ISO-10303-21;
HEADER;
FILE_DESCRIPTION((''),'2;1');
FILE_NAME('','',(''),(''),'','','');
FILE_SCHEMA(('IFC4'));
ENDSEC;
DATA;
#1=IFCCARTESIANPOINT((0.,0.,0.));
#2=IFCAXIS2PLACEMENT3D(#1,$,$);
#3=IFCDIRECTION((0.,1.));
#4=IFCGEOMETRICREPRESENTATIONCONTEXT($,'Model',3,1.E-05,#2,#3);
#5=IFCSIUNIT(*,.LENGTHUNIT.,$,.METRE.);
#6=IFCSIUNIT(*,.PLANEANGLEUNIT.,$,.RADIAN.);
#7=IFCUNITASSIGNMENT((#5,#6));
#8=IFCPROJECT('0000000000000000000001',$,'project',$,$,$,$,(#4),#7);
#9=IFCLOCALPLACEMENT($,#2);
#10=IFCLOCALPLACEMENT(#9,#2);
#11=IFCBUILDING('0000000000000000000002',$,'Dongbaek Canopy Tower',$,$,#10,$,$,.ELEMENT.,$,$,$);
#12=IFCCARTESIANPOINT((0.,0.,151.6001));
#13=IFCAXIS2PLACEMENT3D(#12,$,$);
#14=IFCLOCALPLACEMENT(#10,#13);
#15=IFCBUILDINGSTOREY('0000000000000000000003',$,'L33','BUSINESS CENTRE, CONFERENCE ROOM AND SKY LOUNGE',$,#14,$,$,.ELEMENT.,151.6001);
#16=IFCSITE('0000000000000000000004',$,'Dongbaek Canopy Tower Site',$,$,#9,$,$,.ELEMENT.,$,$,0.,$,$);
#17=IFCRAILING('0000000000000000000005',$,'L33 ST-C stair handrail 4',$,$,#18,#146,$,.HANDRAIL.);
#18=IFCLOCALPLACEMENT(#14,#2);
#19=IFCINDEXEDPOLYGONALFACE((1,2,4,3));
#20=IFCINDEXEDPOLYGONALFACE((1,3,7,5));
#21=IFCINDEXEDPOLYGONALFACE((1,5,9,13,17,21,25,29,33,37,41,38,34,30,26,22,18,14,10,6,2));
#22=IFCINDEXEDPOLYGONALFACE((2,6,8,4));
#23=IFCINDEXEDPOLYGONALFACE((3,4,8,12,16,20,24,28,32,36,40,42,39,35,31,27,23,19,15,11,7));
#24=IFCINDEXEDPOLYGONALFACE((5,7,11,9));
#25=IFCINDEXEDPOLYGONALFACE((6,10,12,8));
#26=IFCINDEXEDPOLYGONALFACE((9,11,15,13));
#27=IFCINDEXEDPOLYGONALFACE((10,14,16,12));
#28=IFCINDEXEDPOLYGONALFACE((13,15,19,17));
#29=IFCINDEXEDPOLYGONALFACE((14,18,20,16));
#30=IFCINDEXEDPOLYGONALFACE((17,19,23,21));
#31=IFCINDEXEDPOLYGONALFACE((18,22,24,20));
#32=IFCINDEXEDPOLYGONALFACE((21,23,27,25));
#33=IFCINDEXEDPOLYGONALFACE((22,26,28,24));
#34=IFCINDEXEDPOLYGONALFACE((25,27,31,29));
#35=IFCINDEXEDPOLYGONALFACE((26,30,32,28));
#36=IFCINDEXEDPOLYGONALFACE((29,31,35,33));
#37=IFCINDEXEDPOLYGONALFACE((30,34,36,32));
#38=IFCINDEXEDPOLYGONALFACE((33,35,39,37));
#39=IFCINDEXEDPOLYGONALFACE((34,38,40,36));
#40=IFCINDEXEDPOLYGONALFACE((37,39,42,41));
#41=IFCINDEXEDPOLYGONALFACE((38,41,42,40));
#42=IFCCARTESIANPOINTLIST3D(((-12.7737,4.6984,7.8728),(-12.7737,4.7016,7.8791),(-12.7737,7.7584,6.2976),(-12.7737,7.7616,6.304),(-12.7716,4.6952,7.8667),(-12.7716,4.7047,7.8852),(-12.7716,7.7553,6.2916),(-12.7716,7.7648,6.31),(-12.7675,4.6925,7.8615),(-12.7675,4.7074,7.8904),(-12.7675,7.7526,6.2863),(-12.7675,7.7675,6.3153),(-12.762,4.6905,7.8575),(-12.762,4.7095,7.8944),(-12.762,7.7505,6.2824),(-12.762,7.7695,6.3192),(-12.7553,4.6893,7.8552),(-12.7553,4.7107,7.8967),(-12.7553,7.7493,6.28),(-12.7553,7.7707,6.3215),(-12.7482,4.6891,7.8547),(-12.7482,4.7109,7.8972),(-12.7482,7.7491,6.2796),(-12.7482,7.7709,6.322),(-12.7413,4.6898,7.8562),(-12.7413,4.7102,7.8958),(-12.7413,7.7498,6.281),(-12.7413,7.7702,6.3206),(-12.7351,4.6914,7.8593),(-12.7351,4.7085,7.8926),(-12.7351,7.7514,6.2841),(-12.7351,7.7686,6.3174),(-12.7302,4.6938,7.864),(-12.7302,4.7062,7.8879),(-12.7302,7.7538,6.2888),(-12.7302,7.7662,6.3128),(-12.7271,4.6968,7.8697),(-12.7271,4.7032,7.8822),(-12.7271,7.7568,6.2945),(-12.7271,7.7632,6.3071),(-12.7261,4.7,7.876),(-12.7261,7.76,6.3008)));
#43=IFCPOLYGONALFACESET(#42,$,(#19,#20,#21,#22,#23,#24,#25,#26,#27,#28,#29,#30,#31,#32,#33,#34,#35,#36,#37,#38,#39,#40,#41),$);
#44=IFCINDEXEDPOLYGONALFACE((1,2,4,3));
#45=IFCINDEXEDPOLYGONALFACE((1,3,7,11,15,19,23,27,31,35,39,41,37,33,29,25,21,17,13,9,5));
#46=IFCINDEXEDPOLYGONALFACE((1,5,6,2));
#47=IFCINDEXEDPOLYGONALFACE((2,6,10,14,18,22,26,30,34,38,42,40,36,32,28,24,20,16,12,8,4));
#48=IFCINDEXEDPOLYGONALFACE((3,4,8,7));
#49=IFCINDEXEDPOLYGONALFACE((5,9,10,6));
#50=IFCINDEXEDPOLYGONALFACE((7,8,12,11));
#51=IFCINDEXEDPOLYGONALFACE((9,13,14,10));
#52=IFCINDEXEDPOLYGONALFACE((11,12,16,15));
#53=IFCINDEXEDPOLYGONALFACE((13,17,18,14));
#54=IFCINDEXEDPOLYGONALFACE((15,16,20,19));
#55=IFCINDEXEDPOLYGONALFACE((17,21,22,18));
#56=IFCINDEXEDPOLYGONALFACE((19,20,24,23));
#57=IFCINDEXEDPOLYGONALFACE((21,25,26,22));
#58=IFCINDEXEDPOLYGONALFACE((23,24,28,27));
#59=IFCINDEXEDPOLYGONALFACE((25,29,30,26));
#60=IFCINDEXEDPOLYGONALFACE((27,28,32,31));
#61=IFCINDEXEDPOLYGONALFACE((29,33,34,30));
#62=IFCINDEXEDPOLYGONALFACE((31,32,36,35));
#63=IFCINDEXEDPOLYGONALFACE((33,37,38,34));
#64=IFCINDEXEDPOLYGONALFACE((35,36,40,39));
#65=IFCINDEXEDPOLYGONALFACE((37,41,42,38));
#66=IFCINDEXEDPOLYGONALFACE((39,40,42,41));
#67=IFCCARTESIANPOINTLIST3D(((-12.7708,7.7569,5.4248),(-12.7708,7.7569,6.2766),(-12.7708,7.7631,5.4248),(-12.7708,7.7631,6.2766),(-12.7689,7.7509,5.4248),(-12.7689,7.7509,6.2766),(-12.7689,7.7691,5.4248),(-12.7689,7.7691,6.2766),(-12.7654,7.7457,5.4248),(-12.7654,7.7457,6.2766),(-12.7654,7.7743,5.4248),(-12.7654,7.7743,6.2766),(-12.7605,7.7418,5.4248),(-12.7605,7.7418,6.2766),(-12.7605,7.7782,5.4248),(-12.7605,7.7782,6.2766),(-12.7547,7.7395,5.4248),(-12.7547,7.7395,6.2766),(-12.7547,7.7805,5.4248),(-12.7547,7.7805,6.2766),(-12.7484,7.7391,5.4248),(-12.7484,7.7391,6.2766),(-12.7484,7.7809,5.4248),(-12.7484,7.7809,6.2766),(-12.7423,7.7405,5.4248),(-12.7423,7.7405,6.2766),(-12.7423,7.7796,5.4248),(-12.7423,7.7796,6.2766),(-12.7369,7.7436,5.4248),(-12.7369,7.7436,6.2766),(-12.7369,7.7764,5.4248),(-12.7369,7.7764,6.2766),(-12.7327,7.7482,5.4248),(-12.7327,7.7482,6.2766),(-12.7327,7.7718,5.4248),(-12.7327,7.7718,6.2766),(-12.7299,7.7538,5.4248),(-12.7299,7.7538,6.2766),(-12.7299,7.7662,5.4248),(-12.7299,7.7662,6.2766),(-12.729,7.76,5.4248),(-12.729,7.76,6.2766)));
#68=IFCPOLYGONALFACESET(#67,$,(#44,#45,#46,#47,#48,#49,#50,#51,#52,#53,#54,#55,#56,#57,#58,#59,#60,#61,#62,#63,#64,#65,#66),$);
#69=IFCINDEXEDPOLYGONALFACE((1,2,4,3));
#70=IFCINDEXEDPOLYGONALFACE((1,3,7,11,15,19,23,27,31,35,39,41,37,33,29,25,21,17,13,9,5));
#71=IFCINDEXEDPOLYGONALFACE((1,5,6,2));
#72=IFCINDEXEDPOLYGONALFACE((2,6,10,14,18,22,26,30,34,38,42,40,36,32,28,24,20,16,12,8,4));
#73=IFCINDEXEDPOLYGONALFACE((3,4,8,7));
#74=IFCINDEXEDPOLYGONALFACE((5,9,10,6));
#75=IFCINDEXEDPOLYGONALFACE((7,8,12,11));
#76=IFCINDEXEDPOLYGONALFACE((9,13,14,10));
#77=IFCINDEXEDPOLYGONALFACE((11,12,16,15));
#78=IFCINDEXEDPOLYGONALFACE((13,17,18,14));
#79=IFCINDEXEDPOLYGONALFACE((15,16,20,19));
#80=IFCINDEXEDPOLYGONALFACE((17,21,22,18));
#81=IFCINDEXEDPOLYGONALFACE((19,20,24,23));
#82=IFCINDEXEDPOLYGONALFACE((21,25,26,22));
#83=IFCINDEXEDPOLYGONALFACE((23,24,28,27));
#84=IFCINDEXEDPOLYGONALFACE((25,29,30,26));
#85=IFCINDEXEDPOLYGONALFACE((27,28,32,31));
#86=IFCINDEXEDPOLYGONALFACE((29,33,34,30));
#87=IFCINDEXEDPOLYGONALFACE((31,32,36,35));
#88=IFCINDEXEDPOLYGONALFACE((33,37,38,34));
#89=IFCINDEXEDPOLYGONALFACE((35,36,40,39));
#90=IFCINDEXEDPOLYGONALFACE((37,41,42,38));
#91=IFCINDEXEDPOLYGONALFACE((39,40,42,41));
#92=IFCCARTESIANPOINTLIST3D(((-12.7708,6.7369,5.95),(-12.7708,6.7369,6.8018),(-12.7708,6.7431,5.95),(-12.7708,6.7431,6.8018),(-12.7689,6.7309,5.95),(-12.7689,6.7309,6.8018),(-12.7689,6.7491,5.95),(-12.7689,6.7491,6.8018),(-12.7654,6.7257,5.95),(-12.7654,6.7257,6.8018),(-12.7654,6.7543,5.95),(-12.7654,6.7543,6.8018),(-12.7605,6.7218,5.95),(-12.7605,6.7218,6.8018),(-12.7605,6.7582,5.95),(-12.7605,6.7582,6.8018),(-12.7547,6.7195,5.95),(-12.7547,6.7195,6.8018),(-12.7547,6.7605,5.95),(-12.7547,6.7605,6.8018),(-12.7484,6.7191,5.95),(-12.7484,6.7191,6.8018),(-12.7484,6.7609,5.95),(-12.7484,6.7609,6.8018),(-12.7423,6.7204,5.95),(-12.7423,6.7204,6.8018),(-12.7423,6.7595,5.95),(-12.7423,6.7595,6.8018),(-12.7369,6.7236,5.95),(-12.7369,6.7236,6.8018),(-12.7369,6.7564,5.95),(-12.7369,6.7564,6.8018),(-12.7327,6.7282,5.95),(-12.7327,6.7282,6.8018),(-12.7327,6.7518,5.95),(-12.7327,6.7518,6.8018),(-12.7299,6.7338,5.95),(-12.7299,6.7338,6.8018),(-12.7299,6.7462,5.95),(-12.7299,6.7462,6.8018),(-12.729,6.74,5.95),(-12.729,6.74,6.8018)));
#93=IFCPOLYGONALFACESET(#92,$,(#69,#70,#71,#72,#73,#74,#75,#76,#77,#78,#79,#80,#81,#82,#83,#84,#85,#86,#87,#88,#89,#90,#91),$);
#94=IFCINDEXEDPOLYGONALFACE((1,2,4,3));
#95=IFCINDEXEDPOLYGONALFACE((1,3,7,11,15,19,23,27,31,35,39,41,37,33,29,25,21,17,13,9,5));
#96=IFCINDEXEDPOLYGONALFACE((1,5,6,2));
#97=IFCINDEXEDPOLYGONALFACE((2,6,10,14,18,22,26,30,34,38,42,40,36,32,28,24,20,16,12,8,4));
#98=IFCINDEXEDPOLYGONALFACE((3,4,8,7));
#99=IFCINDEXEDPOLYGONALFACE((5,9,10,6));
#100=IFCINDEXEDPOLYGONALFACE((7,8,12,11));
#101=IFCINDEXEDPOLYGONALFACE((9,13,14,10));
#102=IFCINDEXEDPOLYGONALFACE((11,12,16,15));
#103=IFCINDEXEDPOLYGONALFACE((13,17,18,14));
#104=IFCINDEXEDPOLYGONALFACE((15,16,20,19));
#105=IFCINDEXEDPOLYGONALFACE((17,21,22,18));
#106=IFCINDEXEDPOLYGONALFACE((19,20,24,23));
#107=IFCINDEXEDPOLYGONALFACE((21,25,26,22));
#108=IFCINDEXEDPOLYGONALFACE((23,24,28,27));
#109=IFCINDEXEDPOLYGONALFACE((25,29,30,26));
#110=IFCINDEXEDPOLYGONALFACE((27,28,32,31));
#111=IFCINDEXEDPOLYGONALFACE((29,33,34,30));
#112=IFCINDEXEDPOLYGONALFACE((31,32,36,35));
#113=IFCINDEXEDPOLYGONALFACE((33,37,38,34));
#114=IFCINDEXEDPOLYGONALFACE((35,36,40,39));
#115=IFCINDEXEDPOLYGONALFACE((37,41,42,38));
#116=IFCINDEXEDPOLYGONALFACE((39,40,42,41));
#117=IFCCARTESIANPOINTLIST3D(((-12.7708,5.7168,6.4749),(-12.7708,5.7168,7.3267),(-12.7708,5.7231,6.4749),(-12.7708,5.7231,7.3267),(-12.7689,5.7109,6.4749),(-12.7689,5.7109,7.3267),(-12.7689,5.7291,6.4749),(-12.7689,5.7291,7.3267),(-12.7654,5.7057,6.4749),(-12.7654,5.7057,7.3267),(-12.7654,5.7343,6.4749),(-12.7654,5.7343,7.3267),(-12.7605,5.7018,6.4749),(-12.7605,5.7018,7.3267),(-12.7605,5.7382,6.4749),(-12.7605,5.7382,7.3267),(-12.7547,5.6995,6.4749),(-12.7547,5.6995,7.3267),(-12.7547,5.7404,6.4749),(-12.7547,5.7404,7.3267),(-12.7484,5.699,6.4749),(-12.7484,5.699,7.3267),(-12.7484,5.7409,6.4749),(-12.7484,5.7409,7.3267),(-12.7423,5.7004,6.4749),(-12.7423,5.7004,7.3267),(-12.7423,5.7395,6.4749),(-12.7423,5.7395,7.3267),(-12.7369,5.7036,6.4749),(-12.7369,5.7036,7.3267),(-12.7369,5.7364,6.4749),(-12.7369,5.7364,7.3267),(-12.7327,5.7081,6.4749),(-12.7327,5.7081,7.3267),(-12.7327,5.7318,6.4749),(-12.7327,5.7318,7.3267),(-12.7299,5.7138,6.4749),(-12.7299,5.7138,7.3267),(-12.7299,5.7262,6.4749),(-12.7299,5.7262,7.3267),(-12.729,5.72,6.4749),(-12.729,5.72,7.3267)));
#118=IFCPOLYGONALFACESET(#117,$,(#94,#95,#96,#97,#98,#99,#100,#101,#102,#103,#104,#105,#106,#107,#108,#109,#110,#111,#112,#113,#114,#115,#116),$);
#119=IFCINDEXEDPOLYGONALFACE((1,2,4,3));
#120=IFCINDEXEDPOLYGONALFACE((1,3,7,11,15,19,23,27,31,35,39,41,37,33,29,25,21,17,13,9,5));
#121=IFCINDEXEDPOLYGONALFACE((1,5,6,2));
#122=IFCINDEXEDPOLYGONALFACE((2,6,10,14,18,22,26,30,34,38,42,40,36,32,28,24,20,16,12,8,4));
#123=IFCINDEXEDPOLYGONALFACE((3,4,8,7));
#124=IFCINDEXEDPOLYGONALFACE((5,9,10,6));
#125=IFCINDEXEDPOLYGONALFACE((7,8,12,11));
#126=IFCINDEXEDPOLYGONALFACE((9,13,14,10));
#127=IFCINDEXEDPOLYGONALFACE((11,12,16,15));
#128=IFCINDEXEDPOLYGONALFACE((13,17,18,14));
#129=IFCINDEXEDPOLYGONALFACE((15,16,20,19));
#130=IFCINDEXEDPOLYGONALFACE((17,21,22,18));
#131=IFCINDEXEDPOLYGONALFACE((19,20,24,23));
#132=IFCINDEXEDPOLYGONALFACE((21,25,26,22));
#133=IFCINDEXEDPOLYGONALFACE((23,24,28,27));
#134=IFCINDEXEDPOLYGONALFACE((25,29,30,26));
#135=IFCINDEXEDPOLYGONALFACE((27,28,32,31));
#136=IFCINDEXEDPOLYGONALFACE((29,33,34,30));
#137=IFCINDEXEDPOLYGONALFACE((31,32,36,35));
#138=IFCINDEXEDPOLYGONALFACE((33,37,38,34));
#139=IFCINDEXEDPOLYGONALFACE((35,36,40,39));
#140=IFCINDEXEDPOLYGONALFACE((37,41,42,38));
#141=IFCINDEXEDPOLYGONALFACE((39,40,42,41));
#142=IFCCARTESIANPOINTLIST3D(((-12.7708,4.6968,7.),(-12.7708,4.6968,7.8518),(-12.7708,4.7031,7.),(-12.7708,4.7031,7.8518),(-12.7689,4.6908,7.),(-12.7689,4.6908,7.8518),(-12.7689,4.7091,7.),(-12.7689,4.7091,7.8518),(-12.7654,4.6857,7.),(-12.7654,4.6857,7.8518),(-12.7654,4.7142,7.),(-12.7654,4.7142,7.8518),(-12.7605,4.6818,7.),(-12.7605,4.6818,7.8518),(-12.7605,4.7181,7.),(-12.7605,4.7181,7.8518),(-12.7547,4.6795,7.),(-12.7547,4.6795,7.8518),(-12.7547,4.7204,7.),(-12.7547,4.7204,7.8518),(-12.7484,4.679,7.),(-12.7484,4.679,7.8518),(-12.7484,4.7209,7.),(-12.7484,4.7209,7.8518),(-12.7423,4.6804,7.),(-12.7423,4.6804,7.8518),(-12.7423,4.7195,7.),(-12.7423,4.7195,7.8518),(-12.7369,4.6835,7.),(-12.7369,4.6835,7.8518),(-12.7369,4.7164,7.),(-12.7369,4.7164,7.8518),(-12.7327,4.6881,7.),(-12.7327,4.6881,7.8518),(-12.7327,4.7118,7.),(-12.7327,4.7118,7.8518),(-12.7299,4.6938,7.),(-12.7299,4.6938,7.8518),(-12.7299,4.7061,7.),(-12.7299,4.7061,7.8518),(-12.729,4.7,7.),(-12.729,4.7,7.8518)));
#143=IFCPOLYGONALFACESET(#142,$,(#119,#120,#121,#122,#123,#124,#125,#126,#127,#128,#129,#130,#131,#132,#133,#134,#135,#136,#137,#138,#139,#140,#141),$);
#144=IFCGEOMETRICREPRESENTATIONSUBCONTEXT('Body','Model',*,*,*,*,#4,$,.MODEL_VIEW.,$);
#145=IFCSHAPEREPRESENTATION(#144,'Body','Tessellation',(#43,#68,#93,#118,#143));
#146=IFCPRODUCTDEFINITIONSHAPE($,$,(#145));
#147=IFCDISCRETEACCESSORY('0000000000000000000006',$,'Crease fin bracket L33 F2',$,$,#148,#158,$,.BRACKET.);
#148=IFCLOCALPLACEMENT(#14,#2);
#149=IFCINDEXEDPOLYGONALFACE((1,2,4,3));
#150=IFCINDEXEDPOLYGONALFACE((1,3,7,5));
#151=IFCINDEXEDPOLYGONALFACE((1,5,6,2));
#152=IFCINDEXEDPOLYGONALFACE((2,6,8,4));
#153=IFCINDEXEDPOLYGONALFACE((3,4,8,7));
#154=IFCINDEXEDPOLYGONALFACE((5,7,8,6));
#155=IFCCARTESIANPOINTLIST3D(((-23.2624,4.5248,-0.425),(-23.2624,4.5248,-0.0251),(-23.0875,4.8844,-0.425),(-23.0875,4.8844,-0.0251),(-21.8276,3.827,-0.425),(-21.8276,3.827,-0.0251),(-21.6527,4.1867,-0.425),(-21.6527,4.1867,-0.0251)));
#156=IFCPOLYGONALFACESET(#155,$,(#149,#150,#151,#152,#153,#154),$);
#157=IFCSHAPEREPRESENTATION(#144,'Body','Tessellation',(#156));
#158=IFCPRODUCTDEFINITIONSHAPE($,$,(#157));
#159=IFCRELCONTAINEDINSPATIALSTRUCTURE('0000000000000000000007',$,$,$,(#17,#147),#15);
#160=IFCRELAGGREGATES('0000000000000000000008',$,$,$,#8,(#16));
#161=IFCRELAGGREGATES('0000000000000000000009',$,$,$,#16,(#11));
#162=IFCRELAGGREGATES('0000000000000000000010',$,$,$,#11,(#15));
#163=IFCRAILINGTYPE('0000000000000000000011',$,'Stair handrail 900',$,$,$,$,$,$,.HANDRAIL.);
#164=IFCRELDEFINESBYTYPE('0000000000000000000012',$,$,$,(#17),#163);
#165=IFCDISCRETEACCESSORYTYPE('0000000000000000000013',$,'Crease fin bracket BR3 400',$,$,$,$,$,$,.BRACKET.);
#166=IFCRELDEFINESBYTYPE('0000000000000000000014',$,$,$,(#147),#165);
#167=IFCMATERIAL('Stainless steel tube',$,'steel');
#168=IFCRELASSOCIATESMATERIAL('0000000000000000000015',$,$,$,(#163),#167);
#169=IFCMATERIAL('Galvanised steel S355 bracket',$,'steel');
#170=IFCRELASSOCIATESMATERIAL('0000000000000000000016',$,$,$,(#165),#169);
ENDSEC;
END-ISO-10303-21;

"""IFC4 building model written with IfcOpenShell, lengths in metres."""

from ifc_helpers import new_model, si_unit, direction, frame, origin, origin_2d, place, context, subcontext, project, spatial, rectangle, circle, extrude, material, type_object, element, save


model = new_model("IFC4")

# Units and contexts
model_context = context("Model", 3, precision=1e-05, world=origin(), true_north=direction((0.0, 1.0)))
body_context = subcontext(model_context, "Body", "Model", "MODEL_VIEW")
ifc_project = project(units=[si_unit("LENGTHUNIT", "METRE"), si_unit("PLANEANGLEUNIT", "RADIAN")], contexts=[model_context])

# Site, building, storey
site_placement = place(None, origin())
site = spatial("IfcSite", under=ifc_project, at=site_placement, Name="Dongbaek Canopy Tower Site", CompositionType="ELEMENT", RefElevation=0.0)
building_placement = place(site_placement, origin())
building = spatial("IfcBuilding", under=site, at=building_placement, Name="Dongbaek Canopy Tower", CompositionType="ELEMENT")
storey_placement = place(building_placement, frame((0.0, 0.0, 151.6001)))
storey = spatial("IfcBuildingStorey", under=building, at=storey_placement, Name="L33", Description="BUSINESS CENTRE, CONFERENCE ROOM AND SKY LOUNGE", CompositionType="ELEMENT", Elevation=151.6001)

# Railing
ifc_material_1 = material(Name="Stainless steel tube", Category="steel")
railing_type_1 = type_object("IfcRailingType", Name="Stair handrail 900", PredefinedType="HANDRAIL", material=ifc_material_1)
for number, where, name in (
    (1, (-12.75, 7.76, 5.4248), "L33 ST-C stair handrail 4"),
):
    element("IfcRailing", number, at=place(storey_placement, frame(where)), inside=storey, type_object=railing_type_1, Name=name, PredefinedType="HANDRAIL", context=body_context, shape_type="SweptSolid", body=[
        extrude(circle(Radius=0.0239, at=origin_2d()), frame((0.0, 0.0, 0.876), z_axis=(0.0, -0.889116, 0.457681), x_axis=(1.0, 0.0, 0.0)), (0.0, 0.0, 1.0), 3.4417),
        extrude(circle(Radius=0.021, at=origin_2d()), origin(), (0.0, 0.0, 1.0), 0.8518),
        extrude(circle(Radius=0.021, at=origin_2d()), frame((0.0, -1.02, 0.5251)), (0.0, 0.0, 1.0), 0.8518),
        extrude(circle(Radius=0.021, at=origin_2d()), frame((0.0, -2.04, 1.05)), (0.0, 0.0, 1.0), 0.8518),
        extrude(circle(Radius=0.021, at=origin_2d()), frame((0.0, -3.0601, 1.5752)), (0.0, 0.0, 1.0), 0.8518),
    ])

# Discrete accessory
ifc_material_2 = material(Name="Galvanised steel S355 bracket", Category="steel")
discrete_accessory_type = type_object("IfcDiscreteAccessoryType", Name="Crease fin bracket BR3 400", PredefinedType="BRACKET", material=ifc_material_2)
discrete_accessory_placement = place(storey_placement, frame((-22.4575, 4.3557, -0.425), z_axis=(0.0, 0.0, 1.0), x_axis=(-0.899298, 0.437337, 0.0)))
element("IfcDiscreteAccessory", 2, at=discrete_accessory_placement, inside=storey, type_object=discrete_accessory_type, Name="Crease fin bracket L33 F2", PredefinedType="BRACKET", context=body_context, shape_type="SweptSolid", body=[
    extrude(rectangle(XDim=1.5955, YDim=0.3999, at=origin_2d()), origin(), (0.0, 0.0, 1.0), 0.3999),
])

save(model, "model.ifc")
